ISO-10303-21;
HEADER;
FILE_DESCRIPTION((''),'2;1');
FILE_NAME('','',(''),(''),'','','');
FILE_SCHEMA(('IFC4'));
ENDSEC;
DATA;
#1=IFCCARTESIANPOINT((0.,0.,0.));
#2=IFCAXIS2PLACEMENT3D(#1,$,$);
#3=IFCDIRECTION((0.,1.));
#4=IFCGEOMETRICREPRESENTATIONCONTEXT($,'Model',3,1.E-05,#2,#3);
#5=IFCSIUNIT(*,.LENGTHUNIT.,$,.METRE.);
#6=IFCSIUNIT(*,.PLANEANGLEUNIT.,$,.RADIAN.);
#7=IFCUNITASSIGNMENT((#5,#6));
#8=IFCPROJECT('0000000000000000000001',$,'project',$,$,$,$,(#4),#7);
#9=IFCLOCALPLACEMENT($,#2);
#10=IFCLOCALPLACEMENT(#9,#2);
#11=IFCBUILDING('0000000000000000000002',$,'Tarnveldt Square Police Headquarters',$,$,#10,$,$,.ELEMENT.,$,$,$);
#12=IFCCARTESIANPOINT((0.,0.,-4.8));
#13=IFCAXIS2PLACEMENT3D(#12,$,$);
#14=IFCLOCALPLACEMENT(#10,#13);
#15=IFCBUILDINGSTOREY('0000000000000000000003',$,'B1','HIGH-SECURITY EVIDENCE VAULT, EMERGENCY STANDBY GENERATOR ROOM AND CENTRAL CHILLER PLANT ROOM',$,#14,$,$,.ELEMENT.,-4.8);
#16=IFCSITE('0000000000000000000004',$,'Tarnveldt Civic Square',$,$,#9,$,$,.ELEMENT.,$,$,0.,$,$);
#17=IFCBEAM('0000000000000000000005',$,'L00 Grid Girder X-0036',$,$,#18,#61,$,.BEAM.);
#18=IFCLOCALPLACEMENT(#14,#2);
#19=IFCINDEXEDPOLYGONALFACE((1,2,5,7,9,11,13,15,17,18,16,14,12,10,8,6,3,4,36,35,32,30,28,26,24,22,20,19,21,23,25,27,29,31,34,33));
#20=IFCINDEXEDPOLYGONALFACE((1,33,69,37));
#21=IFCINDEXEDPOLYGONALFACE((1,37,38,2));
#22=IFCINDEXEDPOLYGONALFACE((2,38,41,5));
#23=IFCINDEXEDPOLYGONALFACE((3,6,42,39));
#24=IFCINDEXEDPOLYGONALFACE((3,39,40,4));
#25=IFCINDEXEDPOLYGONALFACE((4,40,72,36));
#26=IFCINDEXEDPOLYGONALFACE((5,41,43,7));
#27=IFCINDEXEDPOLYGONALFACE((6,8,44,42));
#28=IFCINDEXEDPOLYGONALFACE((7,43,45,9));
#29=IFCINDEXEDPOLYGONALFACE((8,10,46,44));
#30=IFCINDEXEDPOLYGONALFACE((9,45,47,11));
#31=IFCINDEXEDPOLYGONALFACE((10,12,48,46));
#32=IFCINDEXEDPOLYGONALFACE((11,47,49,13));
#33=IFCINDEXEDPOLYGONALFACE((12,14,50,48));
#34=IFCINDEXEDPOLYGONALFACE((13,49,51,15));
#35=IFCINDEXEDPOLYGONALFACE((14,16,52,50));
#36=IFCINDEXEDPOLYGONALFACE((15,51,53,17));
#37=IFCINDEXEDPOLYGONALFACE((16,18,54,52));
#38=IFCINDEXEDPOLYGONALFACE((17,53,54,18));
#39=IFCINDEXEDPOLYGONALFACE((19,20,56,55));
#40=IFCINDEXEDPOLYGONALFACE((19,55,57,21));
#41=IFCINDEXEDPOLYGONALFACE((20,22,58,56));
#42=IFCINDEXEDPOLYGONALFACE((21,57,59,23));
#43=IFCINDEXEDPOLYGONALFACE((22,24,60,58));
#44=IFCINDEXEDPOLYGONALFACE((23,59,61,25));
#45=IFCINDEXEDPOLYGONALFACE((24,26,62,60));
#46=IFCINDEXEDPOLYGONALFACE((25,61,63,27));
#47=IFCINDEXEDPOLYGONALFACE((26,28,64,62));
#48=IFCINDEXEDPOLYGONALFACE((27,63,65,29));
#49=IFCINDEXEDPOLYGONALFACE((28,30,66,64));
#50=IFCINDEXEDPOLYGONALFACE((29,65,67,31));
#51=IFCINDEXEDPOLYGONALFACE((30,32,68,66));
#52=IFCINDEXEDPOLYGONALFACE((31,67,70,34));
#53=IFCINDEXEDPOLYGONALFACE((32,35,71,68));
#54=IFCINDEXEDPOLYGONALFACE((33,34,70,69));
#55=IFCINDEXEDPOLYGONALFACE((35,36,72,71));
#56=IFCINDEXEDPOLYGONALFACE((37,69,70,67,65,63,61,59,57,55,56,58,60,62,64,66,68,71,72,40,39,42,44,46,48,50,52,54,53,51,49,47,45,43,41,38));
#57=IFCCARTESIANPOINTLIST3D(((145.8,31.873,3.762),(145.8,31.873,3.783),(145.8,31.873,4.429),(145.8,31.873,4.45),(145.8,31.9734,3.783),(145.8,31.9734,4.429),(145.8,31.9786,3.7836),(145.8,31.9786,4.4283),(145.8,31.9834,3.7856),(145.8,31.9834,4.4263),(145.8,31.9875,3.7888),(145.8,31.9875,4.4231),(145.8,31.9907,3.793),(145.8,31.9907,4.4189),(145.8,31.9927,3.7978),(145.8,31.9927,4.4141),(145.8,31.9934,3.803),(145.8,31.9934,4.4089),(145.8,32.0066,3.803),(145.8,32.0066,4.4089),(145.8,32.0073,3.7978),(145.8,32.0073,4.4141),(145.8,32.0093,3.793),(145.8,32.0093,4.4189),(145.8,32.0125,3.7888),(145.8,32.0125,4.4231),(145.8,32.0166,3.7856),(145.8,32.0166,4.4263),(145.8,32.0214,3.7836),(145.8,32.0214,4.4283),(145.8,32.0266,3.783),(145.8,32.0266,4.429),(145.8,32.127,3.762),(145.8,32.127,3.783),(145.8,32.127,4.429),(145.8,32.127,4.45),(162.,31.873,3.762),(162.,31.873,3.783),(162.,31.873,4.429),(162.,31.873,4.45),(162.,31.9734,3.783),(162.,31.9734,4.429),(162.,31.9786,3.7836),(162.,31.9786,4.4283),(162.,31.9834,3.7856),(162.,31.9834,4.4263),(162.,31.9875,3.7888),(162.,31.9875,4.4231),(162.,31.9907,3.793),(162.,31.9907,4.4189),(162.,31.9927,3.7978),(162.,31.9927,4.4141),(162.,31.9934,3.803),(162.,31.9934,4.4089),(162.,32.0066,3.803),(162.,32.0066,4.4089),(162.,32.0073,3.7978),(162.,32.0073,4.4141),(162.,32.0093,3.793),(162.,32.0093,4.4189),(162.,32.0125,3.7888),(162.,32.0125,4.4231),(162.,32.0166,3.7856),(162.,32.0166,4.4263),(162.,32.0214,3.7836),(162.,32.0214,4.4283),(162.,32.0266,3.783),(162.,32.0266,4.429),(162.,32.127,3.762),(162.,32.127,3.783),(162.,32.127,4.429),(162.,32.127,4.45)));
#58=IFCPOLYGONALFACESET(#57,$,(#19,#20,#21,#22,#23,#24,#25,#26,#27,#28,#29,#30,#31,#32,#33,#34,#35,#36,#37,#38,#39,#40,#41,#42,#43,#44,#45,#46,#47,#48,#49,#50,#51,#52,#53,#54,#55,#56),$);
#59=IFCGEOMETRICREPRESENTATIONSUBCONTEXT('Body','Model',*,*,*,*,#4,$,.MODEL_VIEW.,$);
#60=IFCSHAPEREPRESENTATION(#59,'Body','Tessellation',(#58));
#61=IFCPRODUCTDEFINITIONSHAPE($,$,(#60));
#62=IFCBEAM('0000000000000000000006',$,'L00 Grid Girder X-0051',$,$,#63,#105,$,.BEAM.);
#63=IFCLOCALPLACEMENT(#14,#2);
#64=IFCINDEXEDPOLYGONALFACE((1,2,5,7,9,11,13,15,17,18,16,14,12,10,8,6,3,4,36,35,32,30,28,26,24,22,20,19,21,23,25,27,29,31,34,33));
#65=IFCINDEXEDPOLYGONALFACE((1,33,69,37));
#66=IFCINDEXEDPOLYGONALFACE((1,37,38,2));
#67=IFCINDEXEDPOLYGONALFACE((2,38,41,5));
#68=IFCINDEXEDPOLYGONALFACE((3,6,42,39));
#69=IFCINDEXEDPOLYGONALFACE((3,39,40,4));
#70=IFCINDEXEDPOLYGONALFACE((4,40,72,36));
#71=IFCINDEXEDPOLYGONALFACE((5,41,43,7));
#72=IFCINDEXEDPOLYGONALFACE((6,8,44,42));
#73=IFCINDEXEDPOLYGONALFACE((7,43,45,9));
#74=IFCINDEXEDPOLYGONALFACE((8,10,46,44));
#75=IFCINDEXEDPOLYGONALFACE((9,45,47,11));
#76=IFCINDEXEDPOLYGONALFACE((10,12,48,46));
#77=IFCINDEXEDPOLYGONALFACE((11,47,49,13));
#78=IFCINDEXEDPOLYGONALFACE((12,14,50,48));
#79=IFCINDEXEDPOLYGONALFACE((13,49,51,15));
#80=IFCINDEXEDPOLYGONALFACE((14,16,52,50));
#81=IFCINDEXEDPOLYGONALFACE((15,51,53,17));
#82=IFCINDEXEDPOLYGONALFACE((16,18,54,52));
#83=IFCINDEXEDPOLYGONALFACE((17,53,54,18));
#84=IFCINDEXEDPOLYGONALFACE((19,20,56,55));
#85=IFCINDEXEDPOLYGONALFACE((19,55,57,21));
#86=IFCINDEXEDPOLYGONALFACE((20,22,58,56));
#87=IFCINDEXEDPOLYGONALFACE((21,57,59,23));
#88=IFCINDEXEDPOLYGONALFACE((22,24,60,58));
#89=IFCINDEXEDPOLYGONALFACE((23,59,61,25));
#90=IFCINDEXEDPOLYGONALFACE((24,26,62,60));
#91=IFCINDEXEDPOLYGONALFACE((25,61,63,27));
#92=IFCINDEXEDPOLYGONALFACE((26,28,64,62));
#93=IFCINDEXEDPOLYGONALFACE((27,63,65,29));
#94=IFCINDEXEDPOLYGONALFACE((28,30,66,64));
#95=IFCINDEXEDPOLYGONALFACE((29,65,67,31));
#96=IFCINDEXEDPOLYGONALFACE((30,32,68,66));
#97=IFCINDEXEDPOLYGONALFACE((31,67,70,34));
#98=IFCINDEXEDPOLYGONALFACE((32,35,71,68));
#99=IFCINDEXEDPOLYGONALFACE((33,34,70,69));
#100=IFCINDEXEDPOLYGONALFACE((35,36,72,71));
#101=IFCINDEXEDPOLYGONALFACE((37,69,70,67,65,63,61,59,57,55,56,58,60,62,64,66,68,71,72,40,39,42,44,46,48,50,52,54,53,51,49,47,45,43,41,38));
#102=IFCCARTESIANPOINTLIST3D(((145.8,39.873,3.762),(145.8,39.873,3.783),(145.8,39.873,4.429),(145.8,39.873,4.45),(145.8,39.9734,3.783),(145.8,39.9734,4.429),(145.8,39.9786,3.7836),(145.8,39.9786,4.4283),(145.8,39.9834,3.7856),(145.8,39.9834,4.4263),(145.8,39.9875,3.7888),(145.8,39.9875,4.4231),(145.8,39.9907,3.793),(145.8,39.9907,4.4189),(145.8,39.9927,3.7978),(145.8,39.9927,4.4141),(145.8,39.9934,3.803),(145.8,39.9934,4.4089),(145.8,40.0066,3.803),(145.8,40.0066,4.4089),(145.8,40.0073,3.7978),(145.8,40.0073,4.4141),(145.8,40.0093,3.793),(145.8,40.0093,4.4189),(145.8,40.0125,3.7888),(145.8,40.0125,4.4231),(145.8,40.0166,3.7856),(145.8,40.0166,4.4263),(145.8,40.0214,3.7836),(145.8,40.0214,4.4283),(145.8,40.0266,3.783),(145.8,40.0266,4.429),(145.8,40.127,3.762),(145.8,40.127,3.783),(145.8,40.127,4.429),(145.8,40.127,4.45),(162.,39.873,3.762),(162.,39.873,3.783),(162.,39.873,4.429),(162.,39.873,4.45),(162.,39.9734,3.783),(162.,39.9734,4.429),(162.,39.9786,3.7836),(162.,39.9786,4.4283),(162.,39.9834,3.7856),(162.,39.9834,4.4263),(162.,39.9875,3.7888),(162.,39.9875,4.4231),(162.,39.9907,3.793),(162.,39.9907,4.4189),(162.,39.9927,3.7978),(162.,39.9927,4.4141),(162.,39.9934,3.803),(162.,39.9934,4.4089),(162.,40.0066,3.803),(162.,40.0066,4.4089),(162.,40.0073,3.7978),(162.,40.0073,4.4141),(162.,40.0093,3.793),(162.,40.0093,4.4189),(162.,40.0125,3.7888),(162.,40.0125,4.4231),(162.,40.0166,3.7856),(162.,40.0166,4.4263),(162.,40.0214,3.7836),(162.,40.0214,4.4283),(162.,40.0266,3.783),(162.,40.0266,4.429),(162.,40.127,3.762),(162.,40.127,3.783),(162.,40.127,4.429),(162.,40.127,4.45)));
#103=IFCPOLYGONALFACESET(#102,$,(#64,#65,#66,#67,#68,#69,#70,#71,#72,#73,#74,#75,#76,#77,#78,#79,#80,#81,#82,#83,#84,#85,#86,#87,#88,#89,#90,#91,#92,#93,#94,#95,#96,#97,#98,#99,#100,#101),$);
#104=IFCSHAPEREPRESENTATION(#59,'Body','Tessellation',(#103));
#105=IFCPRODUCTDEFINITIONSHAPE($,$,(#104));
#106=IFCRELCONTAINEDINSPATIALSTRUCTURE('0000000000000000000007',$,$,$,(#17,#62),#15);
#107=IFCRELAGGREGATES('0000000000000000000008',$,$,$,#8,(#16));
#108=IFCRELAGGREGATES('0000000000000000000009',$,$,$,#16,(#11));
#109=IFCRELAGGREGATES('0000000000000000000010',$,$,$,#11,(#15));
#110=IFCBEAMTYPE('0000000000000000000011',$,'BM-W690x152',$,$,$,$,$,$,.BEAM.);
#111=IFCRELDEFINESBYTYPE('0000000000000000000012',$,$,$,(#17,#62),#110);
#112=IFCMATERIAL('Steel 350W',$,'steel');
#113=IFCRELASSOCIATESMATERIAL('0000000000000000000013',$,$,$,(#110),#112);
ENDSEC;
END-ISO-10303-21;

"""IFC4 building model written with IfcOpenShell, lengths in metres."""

from ifc_helpers import new_model, si_unit, direction, frame, origin, origin_2d, place, context, subcontext, project, spatial, i_section, extrude, material, material_profile, profile_set, type_object, element, save


model = new_model("IFC4")

# Units and contexts
model_context = context("Model", 3, precision=1e-05, world=origin(), true_north=direction((0.0, 1.0)))
body_context = subcontext(model_context, "Body", "Model", "MODEL_VIEW")
ifc_project = project(units=[si_unit("LENGTHUNIT", "METRE"), si_unit("PLANEANGLEUNIT", "RADIAN")], contexts=[model_context])

# Site, building, storey
site_placement = place(None, origin())
site = spatial("IfcSite", under=ifc_project, at=site_placement, Name="Tarnveldt Civic Square", CompositionType="ELEMENT", RefElevation=0.0)
building_placement = place(site_placement, origin())
building = spatial("IfcBuilding", under=site, at=building_placement, Name="Tarnveldt Square Police Headquarters", CompositionType="ELEMENT")
storey_placement = place(building_placement, frame((0.0, 0.0, -4.8)))
storey = spatial("IfcBuildingStorey", under=building, at=storey_placement, Name="B1", Description="HIGH-SECURITY EVIDENCE VAULT, EMERGENCY STANDBY GENERATOR ROOM AND CENTRAL CHILLER PLANT ROOM", CompositionType="ELEMENT", Elevation=-4.8)

# Beams
ifc_material_1 = material(Name="Steel 350W", Category="steel")
ifc_material_profile_1 = material_profile(ifc_material_1, i_section(OverallWidth=0.2539, OverallDepth=0.688, WebThickness=0.0132, FlangeThickness=0.021, FilletRadius=0.02, at=origin_2d()), Name="W690x152")
ifc_profile_set_1 = profile_set([ifc_material_profile_1], Name="Steel 350W")
beam_type_1 = type_object("IfcBeamType", Name="BM-W690x152", PredefinedType="BEAM", material=ifc_profile_set_1)
for number, where, z_axis, x_axis, name in (
    (1, (145.8, 32.0, 4.106), (1.0, 0.0, 0.0), (0.0, 1.0, 0.0), "L00 Grid Girder X-0036"),
    (2, (145.8, 40.0, 4.106), (1.0, 0.0, 0.0), (0.0, 1.0, 0.0), "L00 Grid Girder X-0051"),
):
    element("IfcBeam", number, at=place(storey_placement, frame(where, z_axis=z_axis, x_axis=x_axis)), inside=storey, type_object=beam_type_1, Name=name, PredefinedType="BEAM", context=body_context, shape_type="SweptSolid", body=[
        extrude(i_section(OverallWidth=0.2539, OverallDepth=0.688, WebThickness=0.0132, FlangeThickness=0.021, FilletRadius=0.02, at=origin_2d()), origin(), (0.0, 0.0, 1.0), 16.2),
    ])

save(model, "model.ifc")
